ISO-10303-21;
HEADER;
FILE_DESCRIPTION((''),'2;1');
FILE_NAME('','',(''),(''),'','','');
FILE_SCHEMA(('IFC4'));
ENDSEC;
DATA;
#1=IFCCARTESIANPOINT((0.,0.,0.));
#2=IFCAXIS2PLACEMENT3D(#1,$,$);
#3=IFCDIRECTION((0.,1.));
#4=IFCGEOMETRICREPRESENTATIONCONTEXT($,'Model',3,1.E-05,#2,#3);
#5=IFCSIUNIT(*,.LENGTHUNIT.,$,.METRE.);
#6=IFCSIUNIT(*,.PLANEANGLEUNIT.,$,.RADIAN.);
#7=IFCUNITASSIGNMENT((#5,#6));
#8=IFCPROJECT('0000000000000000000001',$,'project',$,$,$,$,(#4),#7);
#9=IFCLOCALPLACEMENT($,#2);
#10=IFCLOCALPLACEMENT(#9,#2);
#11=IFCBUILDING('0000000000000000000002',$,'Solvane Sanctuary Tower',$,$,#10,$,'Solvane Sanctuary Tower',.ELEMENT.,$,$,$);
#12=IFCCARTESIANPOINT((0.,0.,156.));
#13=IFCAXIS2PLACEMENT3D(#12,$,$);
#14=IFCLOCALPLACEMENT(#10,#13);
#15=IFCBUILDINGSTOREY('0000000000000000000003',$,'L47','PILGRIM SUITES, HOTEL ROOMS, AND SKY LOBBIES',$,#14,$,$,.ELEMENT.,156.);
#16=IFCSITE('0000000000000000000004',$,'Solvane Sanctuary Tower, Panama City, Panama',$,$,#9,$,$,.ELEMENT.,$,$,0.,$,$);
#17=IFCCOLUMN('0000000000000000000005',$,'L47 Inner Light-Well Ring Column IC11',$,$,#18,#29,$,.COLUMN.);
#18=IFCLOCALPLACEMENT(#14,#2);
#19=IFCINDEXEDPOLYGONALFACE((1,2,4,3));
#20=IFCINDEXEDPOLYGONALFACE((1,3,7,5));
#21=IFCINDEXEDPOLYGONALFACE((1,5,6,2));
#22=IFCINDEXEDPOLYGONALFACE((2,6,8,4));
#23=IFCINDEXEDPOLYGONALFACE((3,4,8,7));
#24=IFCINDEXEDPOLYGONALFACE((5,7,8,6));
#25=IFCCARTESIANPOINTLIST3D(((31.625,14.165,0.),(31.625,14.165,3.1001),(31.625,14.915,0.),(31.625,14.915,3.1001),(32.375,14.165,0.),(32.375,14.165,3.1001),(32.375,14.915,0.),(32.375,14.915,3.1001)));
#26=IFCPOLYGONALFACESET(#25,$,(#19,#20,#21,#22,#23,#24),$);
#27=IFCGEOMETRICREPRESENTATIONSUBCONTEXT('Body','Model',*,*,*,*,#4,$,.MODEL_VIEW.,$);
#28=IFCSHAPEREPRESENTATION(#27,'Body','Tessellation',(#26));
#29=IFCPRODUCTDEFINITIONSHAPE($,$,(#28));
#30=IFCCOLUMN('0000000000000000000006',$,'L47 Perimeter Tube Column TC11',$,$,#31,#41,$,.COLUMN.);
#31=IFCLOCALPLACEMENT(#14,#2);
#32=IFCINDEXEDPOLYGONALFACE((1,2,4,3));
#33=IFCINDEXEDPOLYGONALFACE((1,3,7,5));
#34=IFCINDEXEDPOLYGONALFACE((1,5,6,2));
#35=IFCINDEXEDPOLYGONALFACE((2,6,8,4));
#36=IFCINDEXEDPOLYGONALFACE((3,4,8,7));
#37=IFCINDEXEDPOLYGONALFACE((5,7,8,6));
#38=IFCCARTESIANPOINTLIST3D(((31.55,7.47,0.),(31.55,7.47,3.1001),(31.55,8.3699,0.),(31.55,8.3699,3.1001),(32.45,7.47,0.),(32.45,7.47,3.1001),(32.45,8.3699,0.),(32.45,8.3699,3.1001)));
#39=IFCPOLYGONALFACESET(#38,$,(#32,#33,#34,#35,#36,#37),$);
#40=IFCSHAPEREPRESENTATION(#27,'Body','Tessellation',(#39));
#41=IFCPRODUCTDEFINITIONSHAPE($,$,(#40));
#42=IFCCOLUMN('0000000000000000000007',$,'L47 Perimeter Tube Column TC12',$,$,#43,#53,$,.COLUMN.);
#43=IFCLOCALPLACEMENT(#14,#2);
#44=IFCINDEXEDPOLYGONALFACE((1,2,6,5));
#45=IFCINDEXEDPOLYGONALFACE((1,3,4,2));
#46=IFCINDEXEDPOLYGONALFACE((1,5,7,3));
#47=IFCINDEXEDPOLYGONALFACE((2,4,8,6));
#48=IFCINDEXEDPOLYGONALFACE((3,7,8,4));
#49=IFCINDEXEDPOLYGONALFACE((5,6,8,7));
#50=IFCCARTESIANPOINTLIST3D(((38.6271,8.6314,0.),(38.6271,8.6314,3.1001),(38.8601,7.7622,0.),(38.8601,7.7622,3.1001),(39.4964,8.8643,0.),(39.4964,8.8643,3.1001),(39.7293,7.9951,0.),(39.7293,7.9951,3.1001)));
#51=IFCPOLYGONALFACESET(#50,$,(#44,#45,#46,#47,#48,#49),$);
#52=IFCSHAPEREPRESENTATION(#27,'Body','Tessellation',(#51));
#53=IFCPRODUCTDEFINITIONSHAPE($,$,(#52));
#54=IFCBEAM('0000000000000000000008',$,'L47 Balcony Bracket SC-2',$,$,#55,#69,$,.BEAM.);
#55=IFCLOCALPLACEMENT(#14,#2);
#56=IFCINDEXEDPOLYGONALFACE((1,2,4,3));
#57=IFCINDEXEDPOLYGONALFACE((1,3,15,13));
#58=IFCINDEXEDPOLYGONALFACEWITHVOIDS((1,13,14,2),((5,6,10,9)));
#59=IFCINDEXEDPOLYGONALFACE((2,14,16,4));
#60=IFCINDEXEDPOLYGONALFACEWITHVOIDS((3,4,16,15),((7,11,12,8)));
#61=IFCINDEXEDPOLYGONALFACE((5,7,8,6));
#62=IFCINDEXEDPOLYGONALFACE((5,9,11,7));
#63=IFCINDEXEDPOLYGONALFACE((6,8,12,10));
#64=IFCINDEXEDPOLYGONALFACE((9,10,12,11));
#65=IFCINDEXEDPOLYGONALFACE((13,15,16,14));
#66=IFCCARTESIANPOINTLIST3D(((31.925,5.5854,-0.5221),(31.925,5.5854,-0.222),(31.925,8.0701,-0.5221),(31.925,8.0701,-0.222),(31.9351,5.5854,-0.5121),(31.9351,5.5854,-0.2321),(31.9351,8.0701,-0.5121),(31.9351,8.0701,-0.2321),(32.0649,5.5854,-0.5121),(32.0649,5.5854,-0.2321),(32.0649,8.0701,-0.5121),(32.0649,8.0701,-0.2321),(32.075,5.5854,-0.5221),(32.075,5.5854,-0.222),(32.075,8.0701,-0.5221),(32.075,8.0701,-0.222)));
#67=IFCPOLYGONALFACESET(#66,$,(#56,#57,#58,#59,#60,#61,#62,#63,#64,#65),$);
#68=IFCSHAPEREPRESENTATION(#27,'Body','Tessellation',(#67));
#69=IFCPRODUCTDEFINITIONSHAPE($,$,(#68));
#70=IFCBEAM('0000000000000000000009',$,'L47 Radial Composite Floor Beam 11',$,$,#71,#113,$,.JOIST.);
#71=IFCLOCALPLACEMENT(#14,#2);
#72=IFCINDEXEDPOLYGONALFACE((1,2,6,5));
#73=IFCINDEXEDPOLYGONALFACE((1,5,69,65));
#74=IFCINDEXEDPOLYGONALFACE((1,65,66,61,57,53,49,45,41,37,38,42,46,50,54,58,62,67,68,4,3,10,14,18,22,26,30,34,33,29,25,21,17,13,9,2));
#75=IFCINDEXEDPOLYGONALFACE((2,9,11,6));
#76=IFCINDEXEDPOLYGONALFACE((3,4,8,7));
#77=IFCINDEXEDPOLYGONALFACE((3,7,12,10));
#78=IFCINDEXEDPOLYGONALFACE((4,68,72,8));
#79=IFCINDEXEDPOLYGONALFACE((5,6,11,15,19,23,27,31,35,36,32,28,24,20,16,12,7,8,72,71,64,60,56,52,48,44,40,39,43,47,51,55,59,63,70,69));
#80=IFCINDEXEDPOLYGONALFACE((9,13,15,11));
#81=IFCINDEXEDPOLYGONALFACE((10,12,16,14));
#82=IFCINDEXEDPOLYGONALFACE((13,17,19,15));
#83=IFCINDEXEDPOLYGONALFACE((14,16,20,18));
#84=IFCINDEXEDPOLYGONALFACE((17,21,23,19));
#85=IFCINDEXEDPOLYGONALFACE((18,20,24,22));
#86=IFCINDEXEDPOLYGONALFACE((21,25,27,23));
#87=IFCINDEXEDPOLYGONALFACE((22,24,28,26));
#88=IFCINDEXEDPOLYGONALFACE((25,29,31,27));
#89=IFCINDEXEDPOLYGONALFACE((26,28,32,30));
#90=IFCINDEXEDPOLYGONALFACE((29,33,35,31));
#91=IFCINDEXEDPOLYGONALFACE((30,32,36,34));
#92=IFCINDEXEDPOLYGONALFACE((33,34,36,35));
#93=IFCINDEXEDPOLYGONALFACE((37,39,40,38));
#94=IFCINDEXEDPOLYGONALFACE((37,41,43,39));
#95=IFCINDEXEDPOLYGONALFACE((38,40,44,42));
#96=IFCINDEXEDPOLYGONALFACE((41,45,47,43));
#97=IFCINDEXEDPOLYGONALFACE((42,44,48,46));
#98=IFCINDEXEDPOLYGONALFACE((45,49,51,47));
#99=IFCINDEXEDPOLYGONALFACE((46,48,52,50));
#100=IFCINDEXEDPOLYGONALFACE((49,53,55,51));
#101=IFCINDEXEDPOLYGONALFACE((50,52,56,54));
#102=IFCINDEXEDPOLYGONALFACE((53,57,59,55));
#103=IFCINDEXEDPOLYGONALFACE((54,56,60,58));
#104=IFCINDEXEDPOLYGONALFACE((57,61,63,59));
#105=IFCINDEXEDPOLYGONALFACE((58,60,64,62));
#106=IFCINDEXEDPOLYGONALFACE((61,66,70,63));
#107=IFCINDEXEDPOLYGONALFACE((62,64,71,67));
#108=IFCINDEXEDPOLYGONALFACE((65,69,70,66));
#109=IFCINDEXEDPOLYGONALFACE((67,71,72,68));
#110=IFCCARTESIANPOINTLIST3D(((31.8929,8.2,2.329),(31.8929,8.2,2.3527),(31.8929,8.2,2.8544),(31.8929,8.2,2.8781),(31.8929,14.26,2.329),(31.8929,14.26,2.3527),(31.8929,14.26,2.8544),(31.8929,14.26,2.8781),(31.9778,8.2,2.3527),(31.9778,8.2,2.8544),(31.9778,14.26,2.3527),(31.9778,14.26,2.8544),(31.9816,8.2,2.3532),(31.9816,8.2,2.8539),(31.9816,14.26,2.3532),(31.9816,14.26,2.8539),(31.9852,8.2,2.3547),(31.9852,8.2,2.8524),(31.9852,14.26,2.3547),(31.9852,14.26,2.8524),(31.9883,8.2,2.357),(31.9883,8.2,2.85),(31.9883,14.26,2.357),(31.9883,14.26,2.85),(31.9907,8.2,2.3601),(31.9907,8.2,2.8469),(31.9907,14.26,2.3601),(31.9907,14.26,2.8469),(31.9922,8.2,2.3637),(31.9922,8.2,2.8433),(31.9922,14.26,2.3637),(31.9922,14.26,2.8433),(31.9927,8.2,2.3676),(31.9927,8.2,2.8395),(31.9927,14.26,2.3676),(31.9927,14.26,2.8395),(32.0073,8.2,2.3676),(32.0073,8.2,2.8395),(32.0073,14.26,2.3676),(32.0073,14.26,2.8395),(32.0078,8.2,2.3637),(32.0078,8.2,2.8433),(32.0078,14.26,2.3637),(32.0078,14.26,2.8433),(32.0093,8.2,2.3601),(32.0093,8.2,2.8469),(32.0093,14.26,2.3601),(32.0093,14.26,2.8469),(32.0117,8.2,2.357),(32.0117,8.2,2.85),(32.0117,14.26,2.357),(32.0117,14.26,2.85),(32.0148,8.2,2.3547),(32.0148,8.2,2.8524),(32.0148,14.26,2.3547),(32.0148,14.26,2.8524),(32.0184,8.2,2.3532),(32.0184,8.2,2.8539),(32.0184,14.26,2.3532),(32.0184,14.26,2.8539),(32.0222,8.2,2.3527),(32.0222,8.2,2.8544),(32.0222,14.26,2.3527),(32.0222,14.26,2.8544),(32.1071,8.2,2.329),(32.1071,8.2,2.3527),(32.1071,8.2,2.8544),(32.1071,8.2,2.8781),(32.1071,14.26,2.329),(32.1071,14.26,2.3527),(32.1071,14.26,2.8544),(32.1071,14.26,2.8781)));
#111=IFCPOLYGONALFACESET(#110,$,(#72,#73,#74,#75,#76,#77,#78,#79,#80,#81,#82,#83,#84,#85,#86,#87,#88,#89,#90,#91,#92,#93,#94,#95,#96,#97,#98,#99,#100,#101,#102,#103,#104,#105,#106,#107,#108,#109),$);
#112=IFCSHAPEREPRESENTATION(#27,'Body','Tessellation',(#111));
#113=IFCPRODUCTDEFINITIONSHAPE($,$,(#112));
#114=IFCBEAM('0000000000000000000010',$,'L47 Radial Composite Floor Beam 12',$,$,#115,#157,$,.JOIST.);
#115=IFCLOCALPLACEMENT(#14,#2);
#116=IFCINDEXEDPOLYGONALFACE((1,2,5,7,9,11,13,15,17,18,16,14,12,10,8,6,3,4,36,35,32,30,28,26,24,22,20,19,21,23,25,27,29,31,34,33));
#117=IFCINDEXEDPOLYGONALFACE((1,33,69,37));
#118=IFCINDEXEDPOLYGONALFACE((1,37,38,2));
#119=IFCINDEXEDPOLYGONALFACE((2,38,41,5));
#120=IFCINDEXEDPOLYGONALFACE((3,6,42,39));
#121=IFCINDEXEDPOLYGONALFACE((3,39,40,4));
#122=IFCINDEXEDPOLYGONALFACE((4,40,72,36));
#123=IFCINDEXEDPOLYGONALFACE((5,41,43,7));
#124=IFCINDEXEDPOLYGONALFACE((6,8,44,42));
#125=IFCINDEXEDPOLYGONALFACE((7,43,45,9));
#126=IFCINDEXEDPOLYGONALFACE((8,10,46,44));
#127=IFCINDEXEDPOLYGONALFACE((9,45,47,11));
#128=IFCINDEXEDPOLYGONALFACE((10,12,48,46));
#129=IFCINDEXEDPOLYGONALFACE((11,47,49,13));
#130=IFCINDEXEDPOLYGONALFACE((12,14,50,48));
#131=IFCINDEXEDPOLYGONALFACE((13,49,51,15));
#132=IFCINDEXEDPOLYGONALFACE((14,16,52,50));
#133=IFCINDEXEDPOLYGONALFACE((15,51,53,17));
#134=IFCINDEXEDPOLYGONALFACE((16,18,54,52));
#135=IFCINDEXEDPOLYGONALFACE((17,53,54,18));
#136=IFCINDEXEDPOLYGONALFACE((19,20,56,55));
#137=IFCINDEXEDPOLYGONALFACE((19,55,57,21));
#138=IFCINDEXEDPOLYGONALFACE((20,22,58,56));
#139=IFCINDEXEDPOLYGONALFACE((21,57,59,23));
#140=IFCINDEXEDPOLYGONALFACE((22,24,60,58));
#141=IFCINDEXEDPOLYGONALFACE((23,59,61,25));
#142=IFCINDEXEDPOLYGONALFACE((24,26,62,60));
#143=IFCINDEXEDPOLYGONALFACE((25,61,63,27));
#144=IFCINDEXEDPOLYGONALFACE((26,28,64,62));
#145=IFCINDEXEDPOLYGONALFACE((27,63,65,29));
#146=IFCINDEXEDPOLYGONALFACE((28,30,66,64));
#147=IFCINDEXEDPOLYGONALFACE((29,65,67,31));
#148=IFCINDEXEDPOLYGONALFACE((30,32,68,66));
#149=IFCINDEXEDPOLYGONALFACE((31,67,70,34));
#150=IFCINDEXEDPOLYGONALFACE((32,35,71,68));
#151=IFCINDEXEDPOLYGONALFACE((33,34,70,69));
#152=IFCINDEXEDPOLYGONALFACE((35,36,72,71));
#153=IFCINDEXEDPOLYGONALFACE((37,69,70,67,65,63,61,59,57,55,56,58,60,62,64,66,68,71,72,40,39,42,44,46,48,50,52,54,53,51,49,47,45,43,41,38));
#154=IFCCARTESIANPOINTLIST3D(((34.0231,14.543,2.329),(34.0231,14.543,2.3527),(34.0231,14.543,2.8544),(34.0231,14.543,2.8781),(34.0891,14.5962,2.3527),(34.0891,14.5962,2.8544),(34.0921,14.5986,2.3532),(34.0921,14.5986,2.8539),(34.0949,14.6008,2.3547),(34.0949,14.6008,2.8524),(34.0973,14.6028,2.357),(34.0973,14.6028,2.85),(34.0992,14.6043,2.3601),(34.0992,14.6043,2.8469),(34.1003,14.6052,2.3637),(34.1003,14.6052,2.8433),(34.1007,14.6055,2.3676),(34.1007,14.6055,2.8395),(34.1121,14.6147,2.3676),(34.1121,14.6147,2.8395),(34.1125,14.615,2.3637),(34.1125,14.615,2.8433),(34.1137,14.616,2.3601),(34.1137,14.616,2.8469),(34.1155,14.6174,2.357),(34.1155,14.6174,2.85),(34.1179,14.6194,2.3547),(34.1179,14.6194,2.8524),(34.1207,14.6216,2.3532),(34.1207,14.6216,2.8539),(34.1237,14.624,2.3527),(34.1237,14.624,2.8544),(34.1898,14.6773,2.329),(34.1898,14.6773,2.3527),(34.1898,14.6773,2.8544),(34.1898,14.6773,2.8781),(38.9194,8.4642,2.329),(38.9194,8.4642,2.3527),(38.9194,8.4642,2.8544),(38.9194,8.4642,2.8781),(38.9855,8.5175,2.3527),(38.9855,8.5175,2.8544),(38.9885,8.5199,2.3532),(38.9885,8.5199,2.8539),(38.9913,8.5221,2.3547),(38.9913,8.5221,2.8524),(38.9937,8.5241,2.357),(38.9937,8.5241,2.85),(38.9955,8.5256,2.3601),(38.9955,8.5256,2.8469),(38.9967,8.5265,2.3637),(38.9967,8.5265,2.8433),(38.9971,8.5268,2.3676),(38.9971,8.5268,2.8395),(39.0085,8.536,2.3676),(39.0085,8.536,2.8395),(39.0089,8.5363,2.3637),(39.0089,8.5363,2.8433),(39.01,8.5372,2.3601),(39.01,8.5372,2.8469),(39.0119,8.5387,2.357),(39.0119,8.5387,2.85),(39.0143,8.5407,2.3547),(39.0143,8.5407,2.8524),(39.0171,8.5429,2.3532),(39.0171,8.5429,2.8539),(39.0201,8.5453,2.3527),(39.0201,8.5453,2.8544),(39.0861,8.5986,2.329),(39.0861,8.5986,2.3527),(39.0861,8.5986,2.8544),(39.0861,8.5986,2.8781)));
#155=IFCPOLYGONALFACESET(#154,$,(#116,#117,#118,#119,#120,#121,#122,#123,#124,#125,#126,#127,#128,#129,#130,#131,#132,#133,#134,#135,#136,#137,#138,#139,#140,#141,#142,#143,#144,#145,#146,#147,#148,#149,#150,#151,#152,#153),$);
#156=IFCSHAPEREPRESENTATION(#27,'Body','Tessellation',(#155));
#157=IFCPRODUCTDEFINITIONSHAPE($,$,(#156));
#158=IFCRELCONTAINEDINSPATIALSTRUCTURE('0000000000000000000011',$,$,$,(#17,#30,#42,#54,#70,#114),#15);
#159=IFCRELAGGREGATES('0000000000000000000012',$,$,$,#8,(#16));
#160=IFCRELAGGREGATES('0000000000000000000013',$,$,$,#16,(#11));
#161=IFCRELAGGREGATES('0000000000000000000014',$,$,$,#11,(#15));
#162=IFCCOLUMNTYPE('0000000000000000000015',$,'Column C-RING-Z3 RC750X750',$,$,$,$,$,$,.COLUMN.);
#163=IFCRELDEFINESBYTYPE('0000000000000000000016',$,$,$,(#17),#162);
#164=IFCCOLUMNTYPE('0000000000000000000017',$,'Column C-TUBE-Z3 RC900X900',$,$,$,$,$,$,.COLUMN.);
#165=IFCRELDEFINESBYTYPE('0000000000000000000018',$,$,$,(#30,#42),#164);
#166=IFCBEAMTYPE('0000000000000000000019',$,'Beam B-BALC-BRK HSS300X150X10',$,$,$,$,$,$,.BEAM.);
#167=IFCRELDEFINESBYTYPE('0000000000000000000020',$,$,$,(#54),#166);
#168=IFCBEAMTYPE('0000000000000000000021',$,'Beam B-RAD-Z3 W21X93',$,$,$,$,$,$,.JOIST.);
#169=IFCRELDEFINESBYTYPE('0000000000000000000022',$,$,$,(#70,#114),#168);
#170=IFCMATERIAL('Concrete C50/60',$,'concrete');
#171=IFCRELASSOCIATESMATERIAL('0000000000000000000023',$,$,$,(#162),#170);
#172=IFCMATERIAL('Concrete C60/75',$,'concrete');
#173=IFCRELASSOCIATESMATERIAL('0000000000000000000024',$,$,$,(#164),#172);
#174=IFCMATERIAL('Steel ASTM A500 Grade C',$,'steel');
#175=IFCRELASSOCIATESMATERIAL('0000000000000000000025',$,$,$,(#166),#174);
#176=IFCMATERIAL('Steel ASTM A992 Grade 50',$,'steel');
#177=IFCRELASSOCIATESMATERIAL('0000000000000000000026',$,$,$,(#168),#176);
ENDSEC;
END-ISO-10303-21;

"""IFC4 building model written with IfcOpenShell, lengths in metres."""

from ifc_helpers import new_model, si_unit, direction, frame, origin, origin_2d, place, context, subcontext, project, spatial, rectangle, hollow_rectangle, i_section, extrude, material, material_profile, profile_set, type_object, element, save


model = new_model("IFC4")

# Units and contexts
model_context = context("Model", 3, precision=1e-05, world=origin(), true_north=direction((0.0, 1.0)))
body_context = subcontext(model_context, "Body", "Model", "MODEL_VIEW")
ifc_project = project(units=[si_unit("LENGTHUNIT", "METRE"), si_unit("PLANEANGLEUNIT", "RADIAN")], contexts=[model_context])

# Site, building, storey
site_placement = place(None, origin())
site = spatial("IfcSite", under=ifc_project, at=site_placement, Name="Solvane Sanctuary Tower, Panama City, Panama", CompositionType="ELEMENT", RefElevation=0.0)
building_placement = place(site_placement, origin())
building = spatial("IfcBuilding", under=site, at=building_placement, Name="Solvane Sanctuary Tower", LongName="Solvane Sanctuary Tower", CompositionType="ELEMENT")
storey_placement = place(building_placement, frame((0.0, 0.0, 156.0)))
storey = spatial("IfcBuildingStorey", under=building, at=storey_placement, Name="L47", Description="PILGRIM SUITES, HOTEL ROOMS, AND SKY LOBBIES", CompositionType="ELEMENT", Elevation=156.0)

# Columns
ifc_material_1 = material(Name="Concrete C50/60", Category="concrete")
ifc_material_profile_1 = material_profile(ifc_material_1, rectangle(XDim=0.75, YDim=0.75, at=origin_2d()), Name="RC750X750")
ifc_profile_set_1 = profile_set([ifc_material_profile_1], Name="Concrete C50/60")
column_type_1 = type_object("IfcColumnType", Name="Column C-RING-Z3 RC750X750", PredefinedType="COLUMN", material=ifc_profile_set_1)
column_placement = place(storey_placement, frame((32.0, 14.54, 0.0), z_axis=(0.0, 0.0, 1.0), x_axis=(1.0, 0.0, 0.0)))
element("IfcColumn", 1, at=column_placement, inside=storey, type_object=column_type_1, Name="L47 Inner Light-Well Ring Column IC11", PredefinedType="COLUMN", context=body_context, shape_type="SweptSolid", body=[
    extrude(rectangle(XDim=0.75, YDim=0.75, at=origin_2d()), origin(), (0.0, 0.0, 1.0), 3.1001),
])
ifc_material_2 = material(Name="Concrete C60/75", Category="concrete")
ifc_material_profile_2 = material_profile(ifc_material_2, rectangle(XDim=0.8999, YDim=0.8999, at=origin_2d()), Name="RC900X900")
ifc_profile_set_2 = profile_set([ifc_material_profile_2], Name="Concrete C60/75")
column_type_2 = type_object("IfcColumnType", Name="Column C-TUBE-Z3 RC900X900", PredefinedType="COLUMN", material=ifc_profile_set_2)
for number, where, z_axis, x_axis, name in (
    (2, (32.0, 7.9199, 0.0), (0.0, 0.0, 1.0), (0.0, -1.0, 0.0), "L47 Perimeter Tube Column TC11"),
    (3, (39.1782, 8.3132, 0.0), (0.0, 0.0, 1.0), (0.258819, -0.965926, 0.0), "L47 Perimeter Tube Column TC12"),
):
    element("IfcColumn", number, at=place(storey_placement, frame(where, z_axis=z_axis, x_axis=x_axis)), inside=storey, type_object=column_type_2, Name=name, PredefinedType="COLUMN", context=body_context, shape_type="SweptSolid", body=[
        extrude(rectangle(XDim=0.8999, YDim=0.8999, at=origin_2d()), origin(), (0.0, 0.0, 1.0), 3.1001),
    ])

# Beams
ifc_material_3 = material(Name="Steel ASTM A500 Grade C", Category="steel")
ifc_material_profile_3 = material_profile(ifc_material_3, hollow_rectangle(XDim=0.1499, YDim=0.3, WallThickness=0.01, at=origin_2d()), Name="HSS300X150X10")
ifc_profile_set_3 = profile_set([ifc_material_profile_3], Name="Steel ASTM A500 Grade C")
beam_type_1 = type_object("IfcBeamType", Name="Beam B-BALC-BRK HSS300X150X10", PredefinedType="BEAM", material=ifc_profile_set_3)
beam_1_placement = place(storey_placement, frame((32.0, 8.0701, -0.3721), z_axis=(0.0, -1.0, 0.0), x_axis=(1.0, 0.0, 0.0)))
element("IfcBeam", 4, at=beam_1_placement, inside=storey, type_object=beam_type_1, Name="L47 Balcony Bracket SC-2", PredefinedType="BEAM", context=body_context, shape_type="SweptSolid", body=[
    extrude(hollow_rectangle(XDim=0.1499, YDim=0.3, WallThickness=0.01, at=origin_2d()), origin(), (0.0, 0.0, 1.0), 2.4846),
])
ifc_material_4 = material(Name="Steel ASTM A992 Grade 50", Category="steel")
ifc_material_profile_4 = material_profile(ifc_material_4, i_section(OverallWidth=0.2141, OverallDepth=0.5491, WebThickness=0.0146, FlangeThickness=0.0237, FilletRadius=0.0149, at=origin_2d()), Name="W21X93")
ifc_profile_set_4 = profile_set([ifc_material_profile_4], Name="Steel ASTM A992 Grade 50")
beam_type_2 = type_object("IfcBeamType", Name="Beam B-RAD-Z3 W21X93", PredefinedType="JOIST", material=ifc_profile_set_4)
beam_2_placement = place(storey_placement, frame((32.0, 14.26, 2.6035), z_axis=(0.0, -1.0, 0.0), x_axis=(1.0, 0.0, 0.0)))
element("IfcBeam", 5, at=beam_2_placement, inside=storey, type_object=beam_type_2, Name="L47 Radial Composite Floor Beam 11", PredefinedType="JOIST", context=body_context, shape_type="SweptSolid", body=[
    extrude(i_section(OverallWidth=0.2141, OverallDepth=0.5491, WebThickness=0.0146, FlangeThickness=0.0237, FilletRadius=0.0149, at=origin_2d()), origin(), (0.0, 0.0, 1.0), 6.0601),
])
beam_3_placement = place(storey_placement, frame((34.1064, 14.6101, 2.6035), z_axis=(0.627297, -0.77878, 0.0), x_axis=(0.77878, 0.627297, 0.0)))
element("IfcBeam", 6, at=beam_3_placement, inside=storey, type_object=beam_type_2, Name="L47 Radial Composite Floor Beam 12", PredefinedType="JOIST", context=body_context, shape_type="SweptSolid", body=[
    extrude(i_section(OverallWidth=0.2141, OverallDepth=0.5491, WebThickness=0.0146, FlangeThickness=0.0237, FilletRadius=0.0149, at=origin_2d()), origin(), (0.0, 0.0, 1.0), 7.8054),
])

save(model, "model.ifc")
